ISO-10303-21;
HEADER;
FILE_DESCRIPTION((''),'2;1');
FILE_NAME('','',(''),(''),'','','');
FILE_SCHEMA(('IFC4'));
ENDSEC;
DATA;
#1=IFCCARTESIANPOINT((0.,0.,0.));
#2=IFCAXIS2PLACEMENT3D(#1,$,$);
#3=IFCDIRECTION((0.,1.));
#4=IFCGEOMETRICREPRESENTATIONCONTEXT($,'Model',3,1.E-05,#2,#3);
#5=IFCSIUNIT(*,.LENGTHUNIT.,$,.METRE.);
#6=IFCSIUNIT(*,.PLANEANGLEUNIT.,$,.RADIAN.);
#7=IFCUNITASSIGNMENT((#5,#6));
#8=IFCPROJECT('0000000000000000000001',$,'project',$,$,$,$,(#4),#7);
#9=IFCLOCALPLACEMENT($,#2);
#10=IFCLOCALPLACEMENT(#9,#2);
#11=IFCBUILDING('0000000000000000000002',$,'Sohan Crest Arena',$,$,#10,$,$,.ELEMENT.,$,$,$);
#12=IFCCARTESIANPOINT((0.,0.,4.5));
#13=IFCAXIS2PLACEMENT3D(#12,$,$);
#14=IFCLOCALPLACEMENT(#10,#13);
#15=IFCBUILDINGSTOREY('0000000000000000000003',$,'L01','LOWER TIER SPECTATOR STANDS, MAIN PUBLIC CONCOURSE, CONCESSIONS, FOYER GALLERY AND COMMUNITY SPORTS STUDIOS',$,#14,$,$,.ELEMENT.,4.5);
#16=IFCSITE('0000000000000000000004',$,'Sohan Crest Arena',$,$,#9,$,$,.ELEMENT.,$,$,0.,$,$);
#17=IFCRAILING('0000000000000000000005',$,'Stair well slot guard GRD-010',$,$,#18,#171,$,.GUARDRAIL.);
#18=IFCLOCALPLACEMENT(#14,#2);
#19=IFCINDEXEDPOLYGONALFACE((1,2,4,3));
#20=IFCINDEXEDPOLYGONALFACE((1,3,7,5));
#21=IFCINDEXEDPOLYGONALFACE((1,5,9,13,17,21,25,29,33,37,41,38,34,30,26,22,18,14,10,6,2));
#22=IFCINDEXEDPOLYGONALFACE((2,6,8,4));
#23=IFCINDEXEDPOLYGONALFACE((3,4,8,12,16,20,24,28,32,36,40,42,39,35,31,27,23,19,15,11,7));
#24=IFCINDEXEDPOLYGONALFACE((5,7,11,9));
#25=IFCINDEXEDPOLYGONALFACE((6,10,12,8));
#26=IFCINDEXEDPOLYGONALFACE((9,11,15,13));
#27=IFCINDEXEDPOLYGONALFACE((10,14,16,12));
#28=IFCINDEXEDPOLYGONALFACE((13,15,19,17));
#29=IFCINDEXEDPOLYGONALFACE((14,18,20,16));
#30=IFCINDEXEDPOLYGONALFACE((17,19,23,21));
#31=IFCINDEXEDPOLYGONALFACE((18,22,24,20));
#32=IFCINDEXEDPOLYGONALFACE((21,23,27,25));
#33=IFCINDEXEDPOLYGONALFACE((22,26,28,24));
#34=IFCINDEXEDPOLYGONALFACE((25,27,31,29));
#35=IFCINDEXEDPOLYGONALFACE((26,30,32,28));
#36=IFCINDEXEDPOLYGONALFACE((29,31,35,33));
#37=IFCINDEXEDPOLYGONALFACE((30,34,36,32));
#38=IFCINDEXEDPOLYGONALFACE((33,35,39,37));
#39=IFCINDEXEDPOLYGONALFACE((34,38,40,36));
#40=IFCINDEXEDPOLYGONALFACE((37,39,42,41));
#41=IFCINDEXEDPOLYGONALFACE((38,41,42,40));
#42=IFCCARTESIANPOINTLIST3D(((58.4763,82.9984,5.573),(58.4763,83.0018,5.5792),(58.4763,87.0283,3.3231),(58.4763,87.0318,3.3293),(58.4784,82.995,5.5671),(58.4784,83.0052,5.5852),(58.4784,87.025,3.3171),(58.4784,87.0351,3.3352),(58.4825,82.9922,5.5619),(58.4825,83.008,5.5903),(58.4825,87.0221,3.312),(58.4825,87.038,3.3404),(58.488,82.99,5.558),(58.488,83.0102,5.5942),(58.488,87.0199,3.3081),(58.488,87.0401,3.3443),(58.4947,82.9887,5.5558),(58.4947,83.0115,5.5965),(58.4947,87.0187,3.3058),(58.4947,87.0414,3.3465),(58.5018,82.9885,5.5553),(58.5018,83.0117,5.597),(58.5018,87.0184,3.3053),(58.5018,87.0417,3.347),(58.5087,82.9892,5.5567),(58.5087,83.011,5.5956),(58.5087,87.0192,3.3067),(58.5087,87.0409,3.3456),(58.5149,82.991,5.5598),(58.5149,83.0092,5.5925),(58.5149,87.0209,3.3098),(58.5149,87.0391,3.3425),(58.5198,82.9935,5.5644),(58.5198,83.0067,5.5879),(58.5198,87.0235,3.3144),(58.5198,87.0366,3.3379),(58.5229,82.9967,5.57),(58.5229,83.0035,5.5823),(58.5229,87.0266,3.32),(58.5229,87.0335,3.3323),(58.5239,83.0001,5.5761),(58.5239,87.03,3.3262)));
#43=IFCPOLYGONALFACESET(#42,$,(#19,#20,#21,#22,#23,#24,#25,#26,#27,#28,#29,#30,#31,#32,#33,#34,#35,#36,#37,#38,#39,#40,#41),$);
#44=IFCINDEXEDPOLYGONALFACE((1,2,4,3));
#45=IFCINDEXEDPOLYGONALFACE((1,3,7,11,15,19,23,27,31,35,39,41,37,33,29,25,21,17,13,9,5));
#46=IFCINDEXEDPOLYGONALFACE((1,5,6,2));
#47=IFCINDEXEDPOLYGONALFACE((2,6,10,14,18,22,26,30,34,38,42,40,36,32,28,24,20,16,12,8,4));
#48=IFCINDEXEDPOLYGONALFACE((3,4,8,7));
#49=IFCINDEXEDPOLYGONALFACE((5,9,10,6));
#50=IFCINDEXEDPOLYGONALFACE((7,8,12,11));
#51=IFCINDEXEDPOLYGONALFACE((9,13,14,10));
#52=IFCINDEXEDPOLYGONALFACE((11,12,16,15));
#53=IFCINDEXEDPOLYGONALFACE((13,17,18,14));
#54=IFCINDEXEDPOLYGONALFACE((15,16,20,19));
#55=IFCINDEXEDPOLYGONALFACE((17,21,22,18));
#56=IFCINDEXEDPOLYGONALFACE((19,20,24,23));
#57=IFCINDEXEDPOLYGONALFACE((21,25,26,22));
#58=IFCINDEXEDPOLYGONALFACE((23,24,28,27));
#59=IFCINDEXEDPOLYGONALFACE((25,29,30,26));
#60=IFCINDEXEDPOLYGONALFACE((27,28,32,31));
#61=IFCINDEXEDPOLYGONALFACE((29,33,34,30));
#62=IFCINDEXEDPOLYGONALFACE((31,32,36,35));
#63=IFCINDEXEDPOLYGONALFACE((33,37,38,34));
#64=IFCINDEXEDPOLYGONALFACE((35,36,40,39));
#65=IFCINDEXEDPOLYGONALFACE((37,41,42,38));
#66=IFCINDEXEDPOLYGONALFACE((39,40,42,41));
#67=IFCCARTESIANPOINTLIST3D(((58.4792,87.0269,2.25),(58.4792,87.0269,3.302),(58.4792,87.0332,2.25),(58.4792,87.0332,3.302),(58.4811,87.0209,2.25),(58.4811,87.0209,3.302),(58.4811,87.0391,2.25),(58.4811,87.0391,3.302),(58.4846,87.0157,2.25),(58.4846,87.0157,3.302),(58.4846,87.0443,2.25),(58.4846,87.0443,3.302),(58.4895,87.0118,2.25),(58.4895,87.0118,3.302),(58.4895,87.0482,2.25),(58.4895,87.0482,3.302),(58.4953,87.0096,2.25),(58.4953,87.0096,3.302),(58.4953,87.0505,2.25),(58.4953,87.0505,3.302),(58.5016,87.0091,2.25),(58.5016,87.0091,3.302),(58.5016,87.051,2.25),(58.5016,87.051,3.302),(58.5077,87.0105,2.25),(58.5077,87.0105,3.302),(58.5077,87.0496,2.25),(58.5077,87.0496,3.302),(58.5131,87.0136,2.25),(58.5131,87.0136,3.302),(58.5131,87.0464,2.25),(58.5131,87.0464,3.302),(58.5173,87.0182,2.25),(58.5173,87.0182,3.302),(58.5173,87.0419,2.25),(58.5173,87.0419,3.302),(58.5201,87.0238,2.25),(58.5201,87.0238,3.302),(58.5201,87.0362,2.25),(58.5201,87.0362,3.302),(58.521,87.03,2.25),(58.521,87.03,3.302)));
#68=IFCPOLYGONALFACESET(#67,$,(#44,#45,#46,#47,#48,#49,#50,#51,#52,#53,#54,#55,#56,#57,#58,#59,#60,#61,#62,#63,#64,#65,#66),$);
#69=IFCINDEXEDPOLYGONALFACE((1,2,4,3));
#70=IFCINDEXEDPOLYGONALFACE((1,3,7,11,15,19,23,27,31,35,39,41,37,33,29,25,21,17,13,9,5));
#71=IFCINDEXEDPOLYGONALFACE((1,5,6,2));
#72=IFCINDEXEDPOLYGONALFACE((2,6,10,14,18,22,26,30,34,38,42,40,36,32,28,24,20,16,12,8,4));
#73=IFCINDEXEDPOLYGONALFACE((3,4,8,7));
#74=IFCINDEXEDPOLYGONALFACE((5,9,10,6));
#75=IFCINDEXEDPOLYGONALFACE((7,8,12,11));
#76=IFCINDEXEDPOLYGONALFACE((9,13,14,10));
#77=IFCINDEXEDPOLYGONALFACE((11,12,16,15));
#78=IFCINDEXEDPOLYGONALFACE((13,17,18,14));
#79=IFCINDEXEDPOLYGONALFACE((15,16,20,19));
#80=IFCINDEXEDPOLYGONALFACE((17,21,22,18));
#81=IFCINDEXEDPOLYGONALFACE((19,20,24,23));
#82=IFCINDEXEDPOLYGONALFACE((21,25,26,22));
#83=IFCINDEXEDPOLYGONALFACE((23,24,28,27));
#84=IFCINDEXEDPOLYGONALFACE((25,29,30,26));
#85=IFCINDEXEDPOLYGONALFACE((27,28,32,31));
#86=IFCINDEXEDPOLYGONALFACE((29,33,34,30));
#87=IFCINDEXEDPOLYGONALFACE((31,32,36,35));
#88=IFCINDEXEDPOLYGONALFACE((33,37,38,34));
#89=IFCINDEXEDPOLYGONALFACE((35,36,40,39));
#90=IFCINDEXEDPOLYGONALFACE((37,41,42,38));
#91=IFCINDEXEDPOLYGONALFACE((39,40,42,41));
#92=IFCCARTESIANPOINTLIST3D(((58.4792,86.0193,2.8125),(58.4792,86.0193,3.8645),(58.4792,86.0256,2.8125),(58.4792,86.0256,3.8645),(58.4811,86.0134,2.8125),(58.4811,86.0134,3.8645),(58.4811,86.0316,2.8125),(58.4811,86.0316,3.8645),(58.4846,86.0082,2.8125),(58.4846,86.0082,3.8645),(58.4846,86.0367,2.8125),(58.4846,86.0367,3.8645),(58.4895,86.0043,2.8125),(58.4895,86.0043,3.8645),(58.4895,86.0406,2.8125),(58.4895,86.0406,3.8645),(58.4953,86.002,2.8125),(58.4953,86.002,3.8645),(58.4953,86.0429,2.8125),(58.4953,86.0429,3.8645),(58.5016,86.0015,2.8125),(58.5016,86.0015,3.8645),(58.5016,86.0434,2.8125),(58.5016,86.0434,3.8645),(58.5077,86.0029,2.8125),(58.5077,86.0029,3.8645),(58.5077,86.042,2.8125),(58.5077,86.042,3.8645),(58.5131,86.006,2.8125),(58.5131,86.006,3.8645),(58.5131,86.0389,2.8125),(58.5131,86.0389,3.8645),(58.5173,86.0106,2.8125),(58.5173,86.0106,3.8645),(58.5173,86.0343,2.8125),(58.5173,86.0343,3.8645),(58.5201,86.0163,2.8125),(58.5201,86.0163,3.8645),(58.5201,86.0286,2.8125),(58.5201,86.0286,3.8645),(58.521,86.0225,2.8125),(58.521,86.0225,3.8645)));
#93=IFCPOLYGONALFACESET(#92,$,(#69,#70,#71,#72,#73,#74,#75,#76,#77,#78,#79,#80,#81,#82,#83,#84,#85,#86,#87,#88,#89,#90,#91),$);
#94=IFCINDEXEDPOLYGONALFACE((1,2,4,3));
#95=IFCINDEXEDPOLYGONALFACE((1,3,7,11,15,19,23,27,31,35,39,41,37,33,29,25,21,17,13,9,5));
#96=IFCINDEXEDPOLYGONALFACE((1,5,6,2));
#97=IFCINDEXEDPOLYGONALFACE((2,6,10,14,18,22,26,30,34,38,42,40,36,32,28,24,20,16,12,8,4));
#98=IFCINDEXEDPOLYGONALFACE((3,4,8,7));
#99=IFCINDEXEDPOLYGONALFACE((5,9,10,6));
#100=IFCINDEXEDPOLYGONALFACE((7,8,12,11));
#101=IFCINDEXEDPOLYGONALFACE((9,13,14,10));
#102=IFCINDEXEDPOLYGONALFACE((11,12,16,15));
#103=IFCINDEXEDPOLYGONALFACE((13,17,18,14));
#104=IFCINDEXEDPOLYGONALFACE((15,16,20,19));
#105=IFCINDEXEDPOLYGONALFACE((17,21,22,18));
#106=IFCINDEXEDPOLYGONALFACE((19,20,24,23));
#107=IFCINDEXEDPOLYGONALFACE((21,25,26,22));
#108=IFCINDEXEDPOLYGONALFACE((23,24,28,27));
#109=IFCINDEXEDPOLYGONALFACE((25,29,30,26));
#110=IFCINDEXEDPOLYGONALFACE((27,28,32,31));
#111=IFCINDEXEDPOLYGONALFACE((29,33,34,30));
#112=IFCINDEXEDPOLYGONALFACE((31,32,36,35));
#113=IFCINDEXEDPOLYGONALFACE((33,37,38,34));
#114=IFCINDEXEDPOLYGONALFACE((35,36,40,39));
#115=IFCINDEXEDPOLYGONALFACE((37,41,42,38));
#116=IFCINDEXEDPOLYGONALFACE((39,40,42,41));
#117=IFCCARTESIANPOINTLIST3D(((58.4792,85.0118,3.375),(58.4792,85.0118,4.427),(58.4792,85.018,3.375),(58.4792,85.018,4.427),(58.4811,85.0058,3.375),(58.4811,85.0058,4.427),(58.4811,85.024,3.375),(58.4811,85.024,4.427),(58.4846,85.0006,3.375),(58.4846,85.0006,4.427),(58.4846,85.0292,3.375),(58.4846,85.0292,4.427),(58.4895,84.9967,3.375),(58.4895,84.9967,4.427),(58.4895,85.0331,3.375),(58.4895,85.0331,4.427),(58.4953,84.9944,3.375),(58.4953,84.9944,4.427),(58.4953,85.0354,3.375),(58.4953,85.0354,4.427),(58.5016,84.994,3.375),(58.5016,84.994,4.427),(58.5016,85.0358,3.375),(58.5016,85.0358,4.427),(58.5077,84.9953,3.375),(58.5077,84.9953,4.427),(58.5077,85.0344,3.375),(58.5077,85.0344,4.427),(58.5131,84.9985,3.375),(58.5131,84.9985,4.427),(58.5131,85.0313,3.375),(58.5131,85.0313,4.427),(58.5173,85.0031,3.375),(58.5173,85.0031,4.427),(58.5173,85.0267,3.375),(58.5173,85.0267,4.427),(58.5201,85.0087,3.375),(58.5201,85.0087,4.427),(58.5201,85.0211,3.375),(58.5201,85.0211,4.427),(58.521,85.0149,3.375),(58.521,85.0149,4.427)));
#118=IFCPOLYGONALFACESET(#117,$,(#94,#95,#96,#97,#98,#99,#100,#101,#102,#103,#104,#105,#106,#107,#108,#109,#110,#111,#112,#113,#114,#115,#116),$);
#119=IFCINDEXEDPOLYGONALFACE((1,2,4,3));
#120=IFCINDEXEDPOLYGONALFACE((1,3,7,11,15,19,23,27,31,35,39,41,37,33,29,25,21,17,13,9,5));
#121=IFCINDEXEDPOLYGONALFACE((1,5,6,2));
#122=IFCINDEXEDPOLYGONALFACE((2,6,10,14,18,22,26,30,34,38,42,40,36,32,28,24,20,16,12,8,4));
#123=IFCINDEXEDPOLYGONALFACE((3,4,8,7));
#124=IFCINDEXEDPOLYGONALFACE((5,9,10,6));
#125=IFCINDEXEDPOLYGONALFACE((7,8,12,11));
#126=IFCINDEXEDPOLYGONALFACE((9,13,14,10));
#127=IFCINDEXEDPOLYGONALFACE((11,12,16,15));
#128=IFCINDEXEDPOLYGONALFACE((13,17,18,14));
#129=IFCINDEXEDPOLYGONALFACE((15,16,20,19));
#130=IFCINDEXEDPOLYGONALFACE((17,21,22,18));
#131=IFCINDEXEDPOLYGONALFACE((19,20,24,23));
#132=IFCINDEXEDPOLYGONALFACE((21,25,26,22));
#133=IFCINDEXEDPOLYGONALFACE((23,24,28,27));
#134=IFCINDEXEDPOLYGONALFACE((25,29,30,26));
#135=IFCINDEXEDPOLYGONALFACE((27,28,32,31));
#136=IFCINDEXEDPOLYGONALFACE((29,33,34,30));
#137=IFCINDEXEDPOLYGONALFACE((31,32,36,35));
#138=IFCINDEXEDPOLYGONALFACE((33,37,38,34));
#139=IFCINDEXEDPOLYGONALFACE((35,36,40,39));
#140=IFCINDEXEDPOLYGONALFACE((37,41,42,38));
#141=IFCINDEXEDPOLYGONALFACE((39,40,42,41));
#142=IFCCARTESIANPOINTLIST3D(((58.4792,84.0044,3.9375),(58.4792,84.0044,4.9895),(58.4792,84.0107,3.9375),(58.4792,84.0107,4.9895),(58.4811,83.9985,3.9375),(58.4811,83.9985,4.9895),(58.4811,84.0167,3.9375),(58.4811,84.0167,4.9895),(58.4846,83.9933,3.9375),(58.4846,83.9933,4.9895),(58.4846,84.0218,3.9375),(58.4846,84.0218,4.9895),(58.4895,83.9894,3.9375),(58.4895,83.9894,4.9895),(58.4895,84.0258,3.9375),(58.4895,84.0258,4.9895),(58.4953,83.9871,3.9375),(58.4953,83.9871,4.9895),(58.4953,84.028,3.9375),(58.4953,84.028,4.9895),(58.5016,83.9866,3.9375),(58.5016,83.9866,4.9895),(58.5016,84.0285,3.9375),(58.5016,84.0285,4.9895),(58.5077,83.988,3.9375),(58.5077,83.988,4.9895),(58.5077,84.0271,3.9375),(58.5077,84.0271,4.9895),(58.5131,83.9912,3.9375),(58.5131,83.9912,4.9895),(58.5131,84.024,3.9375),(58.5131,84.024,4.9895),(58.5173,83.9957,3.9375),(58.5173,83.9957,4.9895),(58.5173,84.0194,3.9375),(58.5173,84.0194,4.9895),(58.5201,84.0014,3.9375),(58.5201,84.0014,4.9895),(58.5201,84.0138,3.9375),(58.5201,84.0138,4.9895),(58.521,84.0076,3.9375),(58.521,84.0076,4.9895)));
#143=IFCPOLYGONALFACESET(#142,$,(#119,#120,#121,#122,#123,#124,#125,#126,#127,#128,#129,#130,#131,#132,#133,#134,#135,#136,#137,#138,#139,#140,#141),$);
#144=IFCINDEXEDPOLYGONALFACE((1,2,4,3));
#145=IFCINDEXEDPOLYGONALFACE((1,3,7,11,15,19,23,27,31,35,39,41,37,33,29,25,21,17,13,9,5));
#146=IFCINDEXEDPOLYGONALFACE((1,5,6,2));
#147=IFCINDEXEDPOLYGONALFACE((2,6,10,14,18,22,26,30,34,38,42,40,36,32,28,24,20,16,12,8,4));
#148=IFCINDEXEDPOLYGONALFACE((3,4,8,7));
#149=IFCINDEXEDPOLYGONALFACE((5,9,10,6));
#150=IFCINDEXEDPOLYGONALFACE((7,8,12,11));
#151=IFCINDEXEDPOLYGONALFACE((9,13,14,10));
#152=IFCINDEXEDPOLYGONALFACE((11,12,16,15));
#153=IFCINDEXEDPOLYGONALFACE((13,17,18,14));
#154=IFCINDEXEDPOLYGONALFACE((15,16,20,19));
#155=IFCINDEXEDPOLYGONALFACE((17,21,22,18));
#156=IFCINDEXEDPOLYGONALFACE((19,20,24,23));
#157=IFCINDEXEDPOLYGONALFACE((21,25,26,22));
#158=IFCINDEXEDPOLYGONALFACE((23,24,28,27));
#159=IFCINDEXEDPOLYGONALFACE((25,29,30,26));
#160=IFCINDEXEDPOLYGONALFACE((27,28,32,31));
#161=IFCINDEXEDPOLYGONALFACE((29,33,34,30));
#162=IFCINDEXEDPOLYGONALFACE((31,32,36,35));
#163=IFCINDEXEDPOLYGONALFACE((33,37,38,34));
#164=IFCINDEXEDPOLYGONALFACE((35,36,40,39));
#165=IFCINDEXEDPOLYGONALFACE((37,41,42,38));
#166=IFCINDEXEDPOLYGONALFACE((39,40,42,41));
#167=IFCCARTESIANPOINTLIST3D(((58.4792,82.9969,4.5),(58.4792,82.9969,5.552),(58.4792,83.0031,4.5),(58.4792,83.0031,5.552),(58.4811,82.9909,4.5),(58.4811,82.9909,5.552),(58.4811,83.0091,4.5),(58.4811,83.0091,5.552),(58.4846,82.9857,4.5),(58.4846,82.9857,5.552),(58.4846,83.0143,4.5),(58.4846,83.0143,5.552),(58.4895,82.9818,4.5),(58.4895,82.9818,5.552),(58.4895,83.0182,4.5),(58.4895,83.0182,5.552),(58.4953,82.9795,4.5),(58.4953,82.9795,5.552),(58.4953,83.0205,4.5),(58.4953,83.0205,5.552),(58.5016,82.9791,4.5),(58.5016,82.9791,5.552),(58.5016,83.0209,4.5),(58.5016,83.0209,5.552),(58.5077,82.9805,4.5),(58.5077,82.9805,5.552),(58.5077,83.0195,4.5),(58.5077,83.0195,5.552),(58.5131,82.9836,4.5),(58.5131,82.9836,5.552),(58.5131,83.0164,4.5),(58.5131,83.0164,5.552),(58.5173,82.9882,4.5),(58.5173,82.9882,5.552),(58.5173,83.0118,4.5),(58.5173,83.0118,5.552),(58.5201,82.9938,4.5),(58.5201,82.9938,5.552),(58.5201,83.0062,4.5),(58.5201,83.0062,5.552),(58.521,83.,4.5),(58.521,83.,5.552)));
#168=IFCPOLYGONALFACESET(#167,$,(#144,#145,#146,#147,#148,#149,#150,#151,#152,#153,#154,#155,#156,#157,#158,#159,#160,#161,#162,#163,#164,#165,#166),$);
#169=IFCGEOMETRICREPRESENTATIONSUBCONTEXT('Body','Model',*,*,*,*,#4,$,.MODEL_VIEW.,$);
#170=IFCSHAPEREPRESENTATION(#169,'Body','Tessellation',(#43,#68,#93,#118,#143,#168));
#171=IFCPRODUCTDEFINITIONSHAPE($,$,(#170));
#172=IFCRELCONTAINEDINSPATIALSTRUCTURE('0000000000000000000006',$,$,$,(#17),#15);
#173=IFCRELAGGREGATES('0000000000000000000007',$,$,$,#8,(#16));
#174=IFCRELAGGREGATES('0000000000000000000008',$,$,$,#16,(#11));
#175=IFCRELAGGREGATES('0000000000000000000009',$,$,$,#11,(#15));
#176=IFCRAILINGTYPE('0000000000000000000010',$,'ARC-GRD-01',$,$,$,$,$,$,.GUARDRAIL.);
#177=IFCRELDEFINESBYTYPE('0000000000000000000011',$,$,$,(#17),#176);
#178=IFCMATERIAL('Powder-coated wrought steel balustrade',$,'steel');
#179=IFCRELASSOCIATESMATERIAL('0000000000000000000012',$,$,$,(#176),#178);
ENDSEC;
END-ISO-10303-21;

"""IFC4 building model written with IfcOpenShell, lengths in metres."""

from ifc_helpers import new_model, si_unit, direction, frame, origin, origin_2d, place, context, subcontext, project, spatial, circle, extrude, material, type_object, element, save


model = new_model("IFC4")

# Units and contexts
model_context = context("Model", 3, precision=1e-05, world=origin(), true_north=direction((0.0, 1.0)))
body_context = subcontext(model_context, "Body", "Model", "MODEL_VIEW")
ifc_project = project(units=[si_unit("LENGTHUNIT", "METRE"), si_unit("PLANEANGLEUNIT", "RADIAN")], contexts=[model_context])

# Site, building, storey
site_placement = place(None, origin())
site = spatial("IfcSite", under=ifc_project, at=site_placement, Name="Sohan Crest Arena", CompositionType="ELEMENT", RefElevation=0.0)
building_placement = place(site_placement, origin())
building = spatial("IfcBuilding", under=site, at=building_placement, Name="Sohan Crest Arena", CompositionType="ELEMENT")
storey_placement = place(building_placement, frame((0.0, 0.0, 4.5)))
storey = spatial("IfcBuildingStorey", under=building, at=storey_placement, Name="L01", Description="LOWER TIER SPECTATOR STANDS, MAIN PUBLIC CONCOURSE, CONCESSIONS, FOYER GALLERY AND COMMUNITY SPORTS STUDIOS", CompositionType="ELEMENT", Elevation=4.5)

# Railing
ifc_material_1 = material(Name="Powder-coated wrought steel balustrade", Category="steel")
railing_type_1 = type_object("IfcRailingType", Name="ARC-GRD-01", PredefinedType="GUARDRAIL", material=ifc_material_1)
for number, where, name in (
    (1, (58.5, 87.03, 2.25), "Stair well slot guard GRD-010"),
):
    element("IfcRailing", number, at=place(storey_placement, frame(where)), inside=storey, type_object=railing_type_1, Name=name, PredefinedType="GUARDRAIL", context=body_context, shape_type="SweptSolid", body=[
        extrude(circle(Radius=0.0239, at=origin_2d()), frame((0.0, 0.0, 1.0762), z_axis=(0.0, -0.873135, 0.487479), x_axis=(1.0, 0.0, 0.0)), (0.0, 0.0, 1.0), 4.6155),
        extrude(circle(Radius=0.021, at=origin_2d()), origin(), (0.0, 0.0, 1.0), 1.052),
        extrude(circle(Radius=0.021, at=origin_2d()), frame((0.0, -1.0076, 0.5625)), (0.0, 0.0, 1.0), 1.052),
        extrude(circle(Radius=0.021, at=origin_2d()), frame((0.0, -2.0151, 1.125)), (0.0, 0.0, 1.0), 1.052),
        extrude(circle(Radius=0.021, at=origin_2d()), frame((0.0, -3.0225, 1.6875)), (0.0, 0.0, 1.0), 1.052),
        extrude(circle(Radius=0.021, at=origin_2d()), frame((0.0, -4.03, 2.25)), (0.0, 0.0, 1.0), 1.052),
    ])

save(model, "model.ifc")
